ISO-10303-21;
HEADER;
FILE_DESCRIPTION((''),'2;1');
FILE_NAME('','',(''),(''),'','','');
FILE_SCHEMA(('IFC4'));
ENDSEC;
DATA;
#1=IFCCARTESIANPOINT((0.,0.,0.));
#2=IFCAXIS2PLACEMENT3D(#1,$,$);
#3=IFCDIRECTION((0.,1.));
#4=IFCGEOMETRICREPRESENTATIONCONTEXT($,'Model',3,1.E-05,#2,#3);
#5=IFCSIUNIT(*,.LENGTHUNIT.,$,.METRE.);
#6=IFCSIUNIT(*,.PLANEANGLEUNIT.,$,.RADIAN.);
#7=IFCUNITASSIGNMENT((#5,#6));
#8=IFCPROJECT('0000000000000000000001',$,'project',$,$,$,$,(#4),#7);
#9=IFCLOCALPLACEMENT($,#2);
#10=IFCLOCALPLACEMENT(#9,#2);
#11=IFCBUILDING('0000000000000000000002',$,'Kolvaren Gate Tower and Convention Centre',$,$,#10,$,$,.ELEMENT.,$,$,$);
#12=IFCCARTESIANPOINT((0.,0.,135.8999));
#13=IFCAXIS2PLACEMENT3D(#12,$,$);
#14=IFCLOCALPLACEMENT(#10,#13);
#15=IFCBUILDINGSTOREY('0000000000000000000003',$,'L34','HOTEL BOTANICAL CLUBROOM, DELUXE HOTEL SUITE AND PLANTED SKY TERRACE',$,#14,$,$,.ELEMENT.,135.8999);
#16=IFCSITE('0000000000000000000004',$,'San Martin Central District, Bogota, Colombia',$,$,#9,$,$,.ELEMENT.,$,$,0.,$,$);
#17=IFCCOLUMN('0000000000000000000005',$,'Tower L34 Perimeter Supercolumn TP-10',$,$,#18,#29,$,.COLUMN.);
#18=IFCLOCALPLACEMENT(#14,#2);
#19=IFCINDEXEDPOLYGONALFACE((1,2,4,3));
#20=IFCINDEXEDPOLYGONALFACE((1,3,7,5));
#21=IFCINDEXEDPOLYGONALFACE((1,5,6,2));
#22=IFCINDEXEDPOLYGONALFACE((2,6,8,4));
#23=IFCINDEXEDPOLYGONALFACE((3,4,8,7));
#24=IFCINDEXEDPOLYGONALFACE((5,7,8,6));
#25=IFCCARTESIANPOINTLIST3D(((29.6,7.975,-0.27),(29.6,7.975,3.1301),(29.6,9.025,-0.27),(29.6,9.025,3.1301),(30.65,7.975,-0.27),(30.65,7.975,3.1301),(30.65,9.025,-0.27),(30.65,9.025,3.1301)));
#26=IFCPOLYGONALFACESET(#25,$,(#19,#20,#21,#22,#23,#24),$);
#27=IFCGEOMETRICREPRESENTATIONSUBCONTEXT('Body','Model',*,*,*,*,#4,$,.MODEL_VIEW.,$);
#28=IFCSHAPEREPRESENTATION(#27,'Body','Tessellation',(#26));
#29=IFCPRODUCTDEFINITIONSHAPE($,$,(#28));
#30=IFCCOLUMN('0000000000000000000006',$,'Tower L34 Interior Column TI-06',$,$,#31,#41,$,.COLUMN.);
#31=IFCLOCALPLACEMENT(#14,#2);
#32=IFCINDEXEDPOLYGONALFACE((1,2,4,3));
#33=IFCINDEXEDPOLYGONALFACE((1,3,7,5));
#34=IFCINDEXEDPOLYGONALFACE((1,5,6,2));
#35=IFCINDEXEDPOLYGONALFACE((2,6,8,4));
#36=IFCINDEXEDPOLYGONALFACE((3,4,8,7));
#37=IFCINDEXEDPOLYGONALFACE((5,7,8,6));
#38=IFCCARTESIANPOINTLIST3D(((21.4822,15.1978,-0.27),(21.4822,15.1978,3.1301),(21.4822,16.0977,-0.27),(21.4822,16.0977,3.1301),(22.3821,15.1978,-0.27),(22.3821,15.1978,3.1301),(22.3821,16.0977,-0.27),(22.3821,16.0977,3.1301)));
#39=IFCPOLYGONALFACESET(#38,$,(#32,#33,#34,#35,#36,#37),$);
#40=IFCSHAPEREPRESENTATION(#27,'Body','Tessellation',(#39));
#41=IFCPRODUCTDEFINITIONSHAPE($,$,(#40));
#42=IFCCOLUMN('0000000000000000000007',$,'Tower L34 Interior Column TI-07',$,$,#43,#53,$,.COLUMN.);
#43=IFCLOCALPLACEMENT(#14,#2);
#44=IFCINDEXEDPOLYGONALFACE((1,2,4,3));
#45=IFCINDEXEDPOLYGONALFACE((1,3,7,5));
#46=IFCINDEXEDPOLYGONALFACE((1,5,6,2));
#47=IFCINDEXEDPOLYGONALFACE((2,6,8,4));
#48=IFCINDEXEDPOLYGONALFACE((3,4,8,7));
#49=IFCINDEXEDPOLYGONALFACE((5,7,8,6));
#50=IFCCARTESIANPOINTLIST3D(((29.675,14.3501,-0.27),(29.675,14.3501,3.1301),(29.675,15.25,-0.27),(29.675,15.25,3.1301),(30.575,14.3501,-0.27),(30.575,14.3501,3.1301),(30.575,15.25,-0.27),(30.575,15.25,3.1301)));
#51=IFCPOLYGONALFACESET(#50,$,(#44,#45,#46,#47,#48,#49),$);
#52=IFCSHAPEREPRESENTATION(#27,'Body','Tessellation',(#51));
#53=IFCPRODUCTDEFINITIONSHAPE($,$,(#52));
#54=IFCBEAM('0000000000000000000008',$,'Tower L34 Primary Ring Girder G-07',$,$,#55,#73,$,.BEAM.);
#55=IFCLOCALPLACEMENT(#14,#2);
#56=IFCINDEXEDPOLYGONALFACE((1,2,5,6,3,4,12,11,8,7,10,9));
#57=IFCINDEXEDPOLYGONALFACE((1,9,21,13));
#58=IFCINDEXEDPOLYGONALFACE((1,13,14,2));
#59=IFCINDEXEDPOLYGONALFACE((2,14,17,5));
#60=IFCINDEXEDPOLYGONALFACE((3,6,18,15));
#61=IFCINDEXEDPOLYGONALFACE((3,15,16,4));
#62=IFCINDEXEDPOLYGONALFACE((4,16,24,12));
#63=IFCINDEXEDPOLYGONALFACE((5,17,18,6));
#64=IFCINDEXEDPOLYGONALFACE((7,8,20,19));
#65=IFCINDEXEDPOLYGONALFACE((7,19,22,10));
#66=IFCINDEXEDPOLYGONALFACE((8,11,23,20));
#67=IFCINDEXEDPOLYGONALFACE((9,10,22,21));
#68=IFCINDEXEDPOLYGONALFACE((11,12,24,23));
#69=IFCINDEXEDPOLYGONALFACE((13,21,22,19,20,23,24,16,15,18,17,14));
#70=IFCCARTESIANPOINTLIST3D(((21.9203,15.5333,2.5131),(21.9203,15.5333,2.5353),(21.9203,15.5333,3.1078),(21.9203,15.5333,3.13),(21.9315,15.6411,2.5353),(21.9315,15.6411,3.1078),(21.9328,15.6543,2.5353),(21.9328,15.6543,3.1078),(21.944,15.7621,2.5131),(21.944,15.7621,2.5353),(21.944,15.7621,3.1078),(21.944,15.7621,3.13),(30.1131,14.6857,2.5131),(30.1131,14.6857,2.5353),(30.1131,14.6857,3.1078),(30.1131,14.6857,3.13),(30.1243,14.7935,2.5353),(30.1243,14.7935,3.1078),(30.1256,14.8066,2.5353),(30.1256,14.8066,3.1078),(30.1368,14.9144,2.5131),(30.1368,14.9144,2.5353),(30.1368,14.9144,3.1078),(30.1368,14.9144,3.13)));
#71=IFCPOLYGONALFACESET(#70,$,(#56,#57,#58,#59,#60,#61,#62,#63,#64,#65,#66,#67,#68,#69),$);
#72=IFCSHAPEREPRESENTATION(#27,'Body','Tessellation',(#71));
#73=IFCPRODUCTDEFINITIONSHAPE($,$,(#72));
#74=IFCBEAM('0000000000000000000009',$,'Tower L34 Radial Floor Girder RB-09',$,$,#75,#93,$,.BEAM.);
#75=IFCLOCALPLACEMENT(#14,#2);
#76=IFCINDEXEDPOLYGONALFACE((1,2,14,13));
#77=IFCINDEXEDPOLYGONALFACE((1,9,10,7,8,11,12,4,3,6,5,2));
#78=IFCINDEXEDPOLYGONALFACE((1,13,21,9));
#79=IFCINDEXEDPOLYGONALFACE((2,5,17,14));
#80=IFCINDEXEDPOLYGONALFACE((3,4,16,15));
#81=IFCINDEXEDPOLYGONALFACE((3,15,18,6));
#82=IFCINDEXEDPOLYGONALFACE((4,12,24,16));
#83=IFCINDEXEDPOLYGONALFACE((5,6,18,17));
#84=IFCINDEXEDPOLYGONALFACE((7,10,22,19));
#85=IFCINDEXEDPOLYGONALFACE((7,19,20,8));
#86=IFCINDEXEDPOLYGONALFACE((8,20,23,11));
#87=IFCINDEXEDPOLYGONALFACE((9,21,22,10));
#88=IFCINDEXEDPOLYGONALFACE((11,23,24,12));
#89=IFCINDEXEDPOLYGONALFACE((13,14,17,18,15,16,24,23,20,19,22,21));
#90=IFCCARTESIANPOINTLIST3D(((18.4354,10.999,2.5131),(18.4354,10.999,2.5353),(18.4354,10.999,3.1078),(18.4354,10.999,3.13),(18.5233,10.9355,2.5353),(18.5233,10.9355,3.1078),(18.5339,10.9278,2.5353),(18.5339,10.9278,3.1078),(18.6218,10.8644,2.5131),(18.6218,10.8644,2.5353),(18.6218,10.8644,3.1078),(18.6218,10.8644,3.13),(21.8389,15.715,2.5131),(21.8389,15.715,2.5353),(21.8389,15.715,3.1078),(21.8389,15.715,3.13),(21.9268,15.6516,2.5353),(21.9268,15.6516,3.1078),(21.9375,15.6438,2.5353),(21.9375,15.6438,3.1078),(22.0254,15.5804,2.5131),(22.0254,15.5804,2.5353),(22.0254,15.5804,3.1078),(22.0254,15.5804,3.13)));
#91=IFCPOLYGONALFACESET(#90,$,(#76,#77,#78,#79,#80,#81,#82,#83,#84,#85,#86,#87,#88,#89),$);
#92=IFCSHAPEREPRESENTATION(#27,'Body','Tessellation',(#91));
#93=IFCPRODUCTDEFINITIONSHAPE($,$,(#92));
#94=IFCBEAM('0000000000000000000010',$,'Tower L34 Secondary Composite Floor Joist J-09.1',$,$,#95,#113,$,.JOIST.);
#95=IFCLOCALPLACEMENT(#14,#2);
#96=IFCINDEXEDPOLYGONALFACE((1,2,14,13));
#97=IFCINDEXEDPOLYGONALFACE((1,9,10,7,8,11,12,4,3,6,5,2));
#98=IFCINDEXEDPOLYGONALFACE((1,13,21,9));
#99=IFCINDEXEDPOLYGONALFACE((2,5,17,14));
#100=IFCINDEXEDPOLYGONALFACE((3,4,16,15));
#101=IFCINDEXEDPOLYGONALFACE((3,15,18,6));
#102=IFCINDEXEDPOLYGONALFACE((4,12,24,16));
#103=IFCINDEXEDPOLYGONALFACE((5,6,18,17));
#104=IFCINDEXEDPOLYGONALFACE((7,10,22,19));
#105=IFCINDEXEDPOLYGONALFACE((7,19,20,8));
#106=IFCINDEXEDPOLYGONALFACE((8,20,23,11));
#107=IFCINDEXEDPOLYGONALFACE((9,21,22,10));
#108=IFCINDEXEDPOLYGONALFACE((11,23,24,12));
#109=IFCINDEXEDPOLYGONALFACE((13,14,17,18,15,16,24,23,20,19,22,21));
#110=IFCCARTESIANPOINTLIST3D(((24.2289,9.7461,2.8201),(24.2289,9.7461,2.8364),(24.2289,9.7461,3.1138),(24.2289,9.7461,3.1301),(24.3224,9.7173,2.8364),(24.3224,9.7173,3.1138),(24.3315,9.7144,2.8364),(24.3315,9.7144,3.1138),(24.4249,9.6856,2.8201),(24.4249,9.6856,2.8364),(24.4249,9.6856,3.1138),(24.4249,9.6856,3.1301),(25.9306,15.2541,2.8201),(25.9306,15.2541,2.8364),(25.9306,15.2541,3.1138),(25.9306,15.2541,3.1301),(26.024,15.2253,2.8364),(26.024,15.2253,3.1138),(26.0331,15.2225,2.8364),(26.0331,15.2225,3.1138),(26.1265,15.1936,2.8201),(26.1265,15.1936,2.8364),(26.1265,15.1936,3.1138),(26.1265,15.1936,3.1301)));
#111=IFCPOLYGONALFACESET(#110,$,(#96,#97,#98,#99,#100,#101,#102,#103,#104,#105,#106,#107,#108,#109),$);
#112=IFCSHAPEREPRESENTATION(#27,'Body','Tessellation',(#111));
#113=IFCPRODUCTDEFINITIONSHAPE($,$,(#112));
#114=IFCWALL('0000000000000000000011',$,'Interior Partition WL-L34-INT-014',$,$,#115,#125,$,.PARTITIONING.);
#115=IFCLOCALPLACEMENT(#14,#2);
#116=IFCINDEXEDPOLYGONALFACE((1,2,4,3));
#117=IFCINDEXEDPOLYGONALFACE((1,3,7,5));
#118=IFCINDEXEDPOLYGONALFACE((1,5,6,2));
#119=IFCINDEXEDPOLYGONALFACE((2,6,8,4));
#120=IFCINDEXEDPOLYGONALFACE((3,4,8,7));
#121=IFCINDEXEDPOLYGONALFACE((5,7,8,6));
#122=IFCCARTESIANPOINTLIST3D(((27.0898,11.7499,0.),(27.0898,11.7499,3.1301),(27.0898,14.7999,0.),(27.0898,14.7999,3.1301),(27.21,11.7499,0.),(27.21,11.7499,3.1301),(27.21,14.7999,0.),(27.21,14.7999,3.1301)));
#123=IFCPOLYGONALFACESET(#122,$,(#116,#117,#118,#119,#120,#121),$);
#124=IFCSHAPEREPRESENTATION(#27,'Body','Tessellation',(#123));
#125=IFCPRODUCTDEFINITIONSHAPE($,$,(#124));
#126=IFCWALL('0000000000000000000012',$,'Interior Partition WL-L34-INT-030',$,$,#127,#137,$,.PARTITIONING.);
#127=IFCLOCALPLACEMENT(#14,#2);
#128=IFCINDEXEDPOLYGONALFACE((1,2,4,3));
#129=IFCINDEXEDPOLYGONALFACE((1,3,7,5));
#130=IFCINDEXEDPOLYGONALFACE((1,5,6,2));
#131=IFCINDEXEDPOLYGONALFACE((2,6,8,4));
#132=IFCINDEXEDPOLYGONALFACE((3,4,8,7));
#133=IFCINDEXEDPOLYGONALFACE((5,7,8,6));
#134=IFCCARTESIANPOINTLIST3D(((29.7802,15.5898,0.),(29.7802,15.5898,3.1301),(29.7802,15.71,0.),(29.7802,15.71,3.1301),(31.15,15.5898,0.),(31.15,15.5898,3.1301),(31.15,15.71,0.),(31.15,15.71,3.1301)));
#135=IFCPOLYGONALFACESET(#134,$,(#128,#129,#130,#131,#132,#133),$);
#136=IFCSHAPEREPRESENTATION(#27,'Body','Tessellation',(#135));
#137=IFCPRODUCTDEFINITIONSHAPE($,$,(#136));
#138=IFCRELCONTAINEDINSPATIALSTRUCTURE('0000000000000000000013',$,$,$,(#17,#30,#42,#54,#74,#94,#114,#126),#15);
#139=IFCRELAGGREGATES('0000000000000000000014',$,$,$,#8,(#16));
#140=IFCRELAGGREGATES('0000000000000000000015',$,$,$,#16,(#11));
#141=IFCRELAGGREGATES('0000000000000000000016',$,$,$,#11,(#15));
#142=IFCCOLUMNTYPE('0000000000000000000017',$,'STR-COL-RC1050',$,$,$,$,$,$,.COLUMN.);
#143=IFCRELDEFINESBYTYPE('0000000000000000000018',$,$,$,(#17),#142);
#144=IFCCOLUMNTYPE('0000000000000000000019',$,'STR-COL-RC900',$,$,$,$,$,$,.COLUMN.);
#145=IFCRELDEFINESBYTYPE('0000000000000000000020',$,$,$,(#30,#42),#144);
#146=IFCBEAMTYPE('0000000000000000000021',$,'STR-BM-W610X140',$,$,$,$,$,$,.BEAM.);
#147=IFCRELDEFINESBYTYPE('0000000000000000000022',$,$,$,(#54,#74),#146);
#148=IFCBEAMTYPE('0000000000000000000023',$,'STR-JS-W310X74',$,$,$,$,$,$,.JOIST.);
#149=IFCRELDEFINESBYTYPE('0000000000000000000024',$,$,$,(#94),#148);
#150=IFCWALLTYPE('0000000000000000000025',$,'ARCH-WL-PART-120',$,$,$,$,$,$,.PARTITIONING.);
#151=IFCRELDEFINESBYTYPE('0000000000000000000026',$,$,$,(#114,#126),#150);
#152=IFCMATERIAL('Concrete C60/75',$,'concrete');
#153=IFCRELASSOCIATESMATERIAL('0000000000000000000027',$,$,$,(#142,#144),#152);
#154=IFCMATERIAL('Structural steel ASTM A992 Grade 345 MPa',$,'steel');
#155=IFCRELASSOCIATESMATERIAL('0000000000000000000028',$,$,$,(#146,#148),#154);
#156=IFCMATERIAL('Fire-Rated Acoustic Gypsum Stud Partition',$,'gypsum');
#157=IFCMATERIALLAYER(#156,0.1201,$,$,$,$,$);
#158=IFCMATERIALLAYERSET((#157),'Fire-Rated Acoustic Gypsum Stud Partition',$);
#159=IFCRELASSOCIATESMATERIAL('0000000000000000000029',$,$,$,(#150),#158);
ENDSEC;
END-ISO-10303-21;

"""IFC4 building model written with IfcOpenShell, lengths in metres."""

from ifc_helpers import new_model, si_unit, direction, frame, frame_2d, origin, origin_2d, place, context, subcontext, project, spatial, rectangle, i_section, extrude, material, layer, layer_set, material_profile, profile_set, type_object, element, save


model = new_model("IFC4")

# Units and contexts
model_context = context("Model", 3, precision=1e-05, world=origin(), true_north=direction((0.0, 1.0)))
body_context = subcontext(model_context, "Body", "Model", "MODEL_VIEW")
ifc_project = project(units=[si_unit("LENGTHUNIT", "METRE"), si_unit("PLANEANGLEUNIT", "RADIAN")], contexts=[model_context])

# Site, building, storey
site_placement = place(None, origin())
site = spatial("IfcSite", under=ifc_project, at=site_placement, Name="San Martin Central District, Bogota, Colombia", CompositionType="ELEMENT", RefElevation=0.0)
building_placement = place(site_placement, origin())
building = spatial("IfcBuilding", under=site, at=building_placement, Name="Kolvaren Gate Tower and Convention Centre", CompositionType="ELEMENT")
storey_placement = place(building_placement, frame((0.0, 0.0, 135.8999)))
storey = spatial("IfcBuildingStorey", under=building, at=storey_placement, Name="L34", Description="HOTEL BOTANICAL CLUBROOM, DELUXE HOTEL SUITE AND PLANTED SKY TERRACE", CompositionType="ELEMENT", Elevation=135.8999)

# Columns
ifc_material_1 = material(Name="Concrete C60/75", Category="concrete")
ifc_material_profile_1 = material_profile(ifc_material_1, rectangle(XDim=1.05, YDim=1.05, at=origin_2d()), Name="RC-COL-1050X1050")
ifc_profile_set_1 = profile_set([ifc_material_profile_1], Name="Concrete C60/75")
column_type_1 = type_object("IfcColumnType", Name="STR-COL-RC1050", PredefinedType="COLUMN", material=ifc_profile_set_1)
column_placement = place(storey_placement, frame((30.125, 8.5, -0.27), z_axis=(0.0, 0.0, 1.0), x_axis=(1.0, 0.0, 0.0)))
element("IfcColumn", 1, at=column_placement, inside=storey, type_object=column_type_1, Name="Tower L34 Perimeter Supercolumn TP-10", PredefinedType="COLUMN", context=body_context, shape_type="SweptSolid", body=[
    extrude(rectangle(XDim=1.05, YDim=1.05, at=origin_2d()), origin(), (0.0, 0.0, 1.0), 3.4001),
])
ifc_material_profile_2 = material_profile(ifc_material_1, rectangle(XDim=0.8999, YDim=0.8999, at=origin_2d()), Name="RC-COL-900X900")
ifc_profile_set_2 = profile_set([ifc_material_profile_2], Name="Concrete C60/75")
column_type_2 = type_object("IfcColumnType", Name="STR-COL-RC900", PredefinedType="COLUMN", material=ifc_profile_set_2)
for number, where, z_axis, x_axis, name in (
    (2, (21.9321, 15.6477, -0.27), (0.0, 0.0, 1.0), (1.0, 0.0, 0.0), "Tower L34 Interior Column TI-06"),
    (3, (30.125, 14.8, -0.27), (0.0, 0.0, 1.0), (1.0, 0.0, 0.0), "Tower L34 Interior Column TI-07"),
):
    element("IfcColumn", number, at=place(storey_placement, frame(where, z_axis=z_axis, x_axis=x_axis)), inside=storey, type_object=column_type_2, Name=name, PredefinedType="COLUMN", context=body_context, shape_type="SweptSolid", body=[
        extrude(rectangle(XDim=0.8999, YDim=0.8999, at=origin_2d()), origin(), (0.0, 0.0, 1.0), 3.4001),
    ])

# Beams
ifc_material_2 = material(Name="Structural steel ASTM A992 Grade 345 MPa", Category="steel")
ifc_material_profile_3 = material_profile(ifc_material_2, i_section(OverallWidth=0.23, OverallDepth=0.6169, WebThickness=0.0132, FlangeThickness=0.0222, at=origin_2d()), Name="W610X140")
ifc_profile_set_3 = profile_set([ifc_material_profile_3], Name="Structural steel ASTM A992 Grade 345 MPa")
beam_type_1 = type_object("IfcBeamType", Name="STR-BM-W610X140", PredefinedType="BEAM", material=ifc_profile_set_3)
beam_1_placement = place(storey_placement, frame((21.9321, 15.6477, 2.8215), z_axis=(0.99469, -0.102913, 0.0), x_axis=(0.102913, 0.99469, 0.0)))
element("IfcBeam", 4, at=beam_1_placement, inside=storey, type_object=beam_type_1, Name="Tower L34 Primary Ring Girder G-07", PredefinedType="BEAM", context=body_context, shape_type="SweptSolid", body=[
    extrude(i_section(OverallWidth=0.23, OverallDepth=0.6169, WebThickness=0.0132, FlangeThickness=0.0222, at=origin_2d()), origin(), (0.0, 0.0, 1.0), 8.2366),
])
beam_2_placement = place(storey_placement, frame((21.9321, 15.6477, 2.8215), z_axis=(-0.58521, -0.810882, 0.0), x_axis=(0.810882, -0.58521, 0.0)))
element("IfcBeam", 5, at=beam_2_placement, inside=storey, type_object=beam_type_1, Name="Tower L34 Radial Floor Girder RB-09", PredefinedType="BEAM", context=body_context, shape_type="SweptSolid", body=[
    extrude(i_section(OverallWidth=0.23, OverallDepth=0.6169, WebThickness=0.0132, FlangeThickness=0.0222, at=origin_2d()), origin(), (0.0, 0.0, 1.0), 5.8159),
])
ifc_material_profile_4 = material_profile(ifc_material_2, i_section(OverallWidth=0.2051, OverallDepth=0.3101, WebThickness=0.0095, FlangeThickness=0.0164, at=origin_2d()), Name="W310X74")
ifc_profile_set_4 = profile_set([ifc_material_profile_4], Name="Structural steel ASTM A992 Grade 345 MPa")
beam_type_2 = type_object("IfcBeamType", Name="STR-JS-W310X74", PredefinedType="JOIST", material=ifc_profile_set_4)
beam_3_placement = place(storey_placement, frame((26.0286, 15.2239, 2.9751), z_axis=(-0.295175, -0.955443, 0.0), x_axis=(0.955443, -0.295175, 0.0)))
element("IfcBeam", 6, at=beam_3_placement, inside=storey, type_object=beam_type_2, Name="Tower L34 Secondary Composite Floor Joist J-09.1", PredefinedType="JOIST", context=body_context, shape_type="SweptSolid", body=[
    extrude(i_section(OverallWidth=0.2051, OverallDepth=0.3101, WebThickness=0.0095, FlangeThickness=0.0164, at=origin_2d()), origin(), (0.0, 0.0, 1.0), 5.7649),
])

# Walls
ifc_material_3 = material(Name="Fire-Rated Acoustic Gypsum Stud Partition", Category="gypsum")
ifc_layer_1 = layer(ifc_material_3, 0.1201)
ifc_layer_set_1 = layer_set([ifc_layer_1], Name="Fire-Rated Acoustic Gypsum Stud Partition")
wall_type_1 = type_object("IfcWallType", Name="ARCH-WL-PART-120", PredefinedType="PARTITIONING", material=ifc_layer_set_1)
wall_1_placement = place(storey_placement, frame((27.1499, 11.75, 0.0), z_axis=(0.0, 0.0, 1.0), x_axis=(0.0, 1.0, 0.0)))
element("IfcWall", 7, at=wall_1_placement, inside=storey, type_object=wall_type_1, Name="Interior Partition WL-L34-INT-014", PredefinedType="PARTITIONING", context=body_context, shape_type="SweptSolid", body=[
    extrude(rectangle(XDim=3.05, YDim=0.1201, at=frame_2d((1.5249, 0.0))), origin(), (0.0, 0.0, 1.0), 3.1301),
])
wall_2_placement = place(storey_placement, frame((29.78, 15.6499, 0.0), z_axis=(0.0, 0.0, 1.0), x_axis=(1.0, 0.0, 0.0)))
element("IfcWall", 8, at=wall_2_placement, inside=storey, type_object=wall_type_1, Name="Interior Partition WL-L34-INT-030", PredefinedType="PARTITIONING", context=body_context, shape_type="SweptSolid", body=[
    extrude(rectangle(XDim=1.3699, YDim=0.1201, at=frame_2d((0.6851, 0.0))), origin(), (0.0, 0.0, 1.0), 3.1301),
])

save(model, "model.ifc")
